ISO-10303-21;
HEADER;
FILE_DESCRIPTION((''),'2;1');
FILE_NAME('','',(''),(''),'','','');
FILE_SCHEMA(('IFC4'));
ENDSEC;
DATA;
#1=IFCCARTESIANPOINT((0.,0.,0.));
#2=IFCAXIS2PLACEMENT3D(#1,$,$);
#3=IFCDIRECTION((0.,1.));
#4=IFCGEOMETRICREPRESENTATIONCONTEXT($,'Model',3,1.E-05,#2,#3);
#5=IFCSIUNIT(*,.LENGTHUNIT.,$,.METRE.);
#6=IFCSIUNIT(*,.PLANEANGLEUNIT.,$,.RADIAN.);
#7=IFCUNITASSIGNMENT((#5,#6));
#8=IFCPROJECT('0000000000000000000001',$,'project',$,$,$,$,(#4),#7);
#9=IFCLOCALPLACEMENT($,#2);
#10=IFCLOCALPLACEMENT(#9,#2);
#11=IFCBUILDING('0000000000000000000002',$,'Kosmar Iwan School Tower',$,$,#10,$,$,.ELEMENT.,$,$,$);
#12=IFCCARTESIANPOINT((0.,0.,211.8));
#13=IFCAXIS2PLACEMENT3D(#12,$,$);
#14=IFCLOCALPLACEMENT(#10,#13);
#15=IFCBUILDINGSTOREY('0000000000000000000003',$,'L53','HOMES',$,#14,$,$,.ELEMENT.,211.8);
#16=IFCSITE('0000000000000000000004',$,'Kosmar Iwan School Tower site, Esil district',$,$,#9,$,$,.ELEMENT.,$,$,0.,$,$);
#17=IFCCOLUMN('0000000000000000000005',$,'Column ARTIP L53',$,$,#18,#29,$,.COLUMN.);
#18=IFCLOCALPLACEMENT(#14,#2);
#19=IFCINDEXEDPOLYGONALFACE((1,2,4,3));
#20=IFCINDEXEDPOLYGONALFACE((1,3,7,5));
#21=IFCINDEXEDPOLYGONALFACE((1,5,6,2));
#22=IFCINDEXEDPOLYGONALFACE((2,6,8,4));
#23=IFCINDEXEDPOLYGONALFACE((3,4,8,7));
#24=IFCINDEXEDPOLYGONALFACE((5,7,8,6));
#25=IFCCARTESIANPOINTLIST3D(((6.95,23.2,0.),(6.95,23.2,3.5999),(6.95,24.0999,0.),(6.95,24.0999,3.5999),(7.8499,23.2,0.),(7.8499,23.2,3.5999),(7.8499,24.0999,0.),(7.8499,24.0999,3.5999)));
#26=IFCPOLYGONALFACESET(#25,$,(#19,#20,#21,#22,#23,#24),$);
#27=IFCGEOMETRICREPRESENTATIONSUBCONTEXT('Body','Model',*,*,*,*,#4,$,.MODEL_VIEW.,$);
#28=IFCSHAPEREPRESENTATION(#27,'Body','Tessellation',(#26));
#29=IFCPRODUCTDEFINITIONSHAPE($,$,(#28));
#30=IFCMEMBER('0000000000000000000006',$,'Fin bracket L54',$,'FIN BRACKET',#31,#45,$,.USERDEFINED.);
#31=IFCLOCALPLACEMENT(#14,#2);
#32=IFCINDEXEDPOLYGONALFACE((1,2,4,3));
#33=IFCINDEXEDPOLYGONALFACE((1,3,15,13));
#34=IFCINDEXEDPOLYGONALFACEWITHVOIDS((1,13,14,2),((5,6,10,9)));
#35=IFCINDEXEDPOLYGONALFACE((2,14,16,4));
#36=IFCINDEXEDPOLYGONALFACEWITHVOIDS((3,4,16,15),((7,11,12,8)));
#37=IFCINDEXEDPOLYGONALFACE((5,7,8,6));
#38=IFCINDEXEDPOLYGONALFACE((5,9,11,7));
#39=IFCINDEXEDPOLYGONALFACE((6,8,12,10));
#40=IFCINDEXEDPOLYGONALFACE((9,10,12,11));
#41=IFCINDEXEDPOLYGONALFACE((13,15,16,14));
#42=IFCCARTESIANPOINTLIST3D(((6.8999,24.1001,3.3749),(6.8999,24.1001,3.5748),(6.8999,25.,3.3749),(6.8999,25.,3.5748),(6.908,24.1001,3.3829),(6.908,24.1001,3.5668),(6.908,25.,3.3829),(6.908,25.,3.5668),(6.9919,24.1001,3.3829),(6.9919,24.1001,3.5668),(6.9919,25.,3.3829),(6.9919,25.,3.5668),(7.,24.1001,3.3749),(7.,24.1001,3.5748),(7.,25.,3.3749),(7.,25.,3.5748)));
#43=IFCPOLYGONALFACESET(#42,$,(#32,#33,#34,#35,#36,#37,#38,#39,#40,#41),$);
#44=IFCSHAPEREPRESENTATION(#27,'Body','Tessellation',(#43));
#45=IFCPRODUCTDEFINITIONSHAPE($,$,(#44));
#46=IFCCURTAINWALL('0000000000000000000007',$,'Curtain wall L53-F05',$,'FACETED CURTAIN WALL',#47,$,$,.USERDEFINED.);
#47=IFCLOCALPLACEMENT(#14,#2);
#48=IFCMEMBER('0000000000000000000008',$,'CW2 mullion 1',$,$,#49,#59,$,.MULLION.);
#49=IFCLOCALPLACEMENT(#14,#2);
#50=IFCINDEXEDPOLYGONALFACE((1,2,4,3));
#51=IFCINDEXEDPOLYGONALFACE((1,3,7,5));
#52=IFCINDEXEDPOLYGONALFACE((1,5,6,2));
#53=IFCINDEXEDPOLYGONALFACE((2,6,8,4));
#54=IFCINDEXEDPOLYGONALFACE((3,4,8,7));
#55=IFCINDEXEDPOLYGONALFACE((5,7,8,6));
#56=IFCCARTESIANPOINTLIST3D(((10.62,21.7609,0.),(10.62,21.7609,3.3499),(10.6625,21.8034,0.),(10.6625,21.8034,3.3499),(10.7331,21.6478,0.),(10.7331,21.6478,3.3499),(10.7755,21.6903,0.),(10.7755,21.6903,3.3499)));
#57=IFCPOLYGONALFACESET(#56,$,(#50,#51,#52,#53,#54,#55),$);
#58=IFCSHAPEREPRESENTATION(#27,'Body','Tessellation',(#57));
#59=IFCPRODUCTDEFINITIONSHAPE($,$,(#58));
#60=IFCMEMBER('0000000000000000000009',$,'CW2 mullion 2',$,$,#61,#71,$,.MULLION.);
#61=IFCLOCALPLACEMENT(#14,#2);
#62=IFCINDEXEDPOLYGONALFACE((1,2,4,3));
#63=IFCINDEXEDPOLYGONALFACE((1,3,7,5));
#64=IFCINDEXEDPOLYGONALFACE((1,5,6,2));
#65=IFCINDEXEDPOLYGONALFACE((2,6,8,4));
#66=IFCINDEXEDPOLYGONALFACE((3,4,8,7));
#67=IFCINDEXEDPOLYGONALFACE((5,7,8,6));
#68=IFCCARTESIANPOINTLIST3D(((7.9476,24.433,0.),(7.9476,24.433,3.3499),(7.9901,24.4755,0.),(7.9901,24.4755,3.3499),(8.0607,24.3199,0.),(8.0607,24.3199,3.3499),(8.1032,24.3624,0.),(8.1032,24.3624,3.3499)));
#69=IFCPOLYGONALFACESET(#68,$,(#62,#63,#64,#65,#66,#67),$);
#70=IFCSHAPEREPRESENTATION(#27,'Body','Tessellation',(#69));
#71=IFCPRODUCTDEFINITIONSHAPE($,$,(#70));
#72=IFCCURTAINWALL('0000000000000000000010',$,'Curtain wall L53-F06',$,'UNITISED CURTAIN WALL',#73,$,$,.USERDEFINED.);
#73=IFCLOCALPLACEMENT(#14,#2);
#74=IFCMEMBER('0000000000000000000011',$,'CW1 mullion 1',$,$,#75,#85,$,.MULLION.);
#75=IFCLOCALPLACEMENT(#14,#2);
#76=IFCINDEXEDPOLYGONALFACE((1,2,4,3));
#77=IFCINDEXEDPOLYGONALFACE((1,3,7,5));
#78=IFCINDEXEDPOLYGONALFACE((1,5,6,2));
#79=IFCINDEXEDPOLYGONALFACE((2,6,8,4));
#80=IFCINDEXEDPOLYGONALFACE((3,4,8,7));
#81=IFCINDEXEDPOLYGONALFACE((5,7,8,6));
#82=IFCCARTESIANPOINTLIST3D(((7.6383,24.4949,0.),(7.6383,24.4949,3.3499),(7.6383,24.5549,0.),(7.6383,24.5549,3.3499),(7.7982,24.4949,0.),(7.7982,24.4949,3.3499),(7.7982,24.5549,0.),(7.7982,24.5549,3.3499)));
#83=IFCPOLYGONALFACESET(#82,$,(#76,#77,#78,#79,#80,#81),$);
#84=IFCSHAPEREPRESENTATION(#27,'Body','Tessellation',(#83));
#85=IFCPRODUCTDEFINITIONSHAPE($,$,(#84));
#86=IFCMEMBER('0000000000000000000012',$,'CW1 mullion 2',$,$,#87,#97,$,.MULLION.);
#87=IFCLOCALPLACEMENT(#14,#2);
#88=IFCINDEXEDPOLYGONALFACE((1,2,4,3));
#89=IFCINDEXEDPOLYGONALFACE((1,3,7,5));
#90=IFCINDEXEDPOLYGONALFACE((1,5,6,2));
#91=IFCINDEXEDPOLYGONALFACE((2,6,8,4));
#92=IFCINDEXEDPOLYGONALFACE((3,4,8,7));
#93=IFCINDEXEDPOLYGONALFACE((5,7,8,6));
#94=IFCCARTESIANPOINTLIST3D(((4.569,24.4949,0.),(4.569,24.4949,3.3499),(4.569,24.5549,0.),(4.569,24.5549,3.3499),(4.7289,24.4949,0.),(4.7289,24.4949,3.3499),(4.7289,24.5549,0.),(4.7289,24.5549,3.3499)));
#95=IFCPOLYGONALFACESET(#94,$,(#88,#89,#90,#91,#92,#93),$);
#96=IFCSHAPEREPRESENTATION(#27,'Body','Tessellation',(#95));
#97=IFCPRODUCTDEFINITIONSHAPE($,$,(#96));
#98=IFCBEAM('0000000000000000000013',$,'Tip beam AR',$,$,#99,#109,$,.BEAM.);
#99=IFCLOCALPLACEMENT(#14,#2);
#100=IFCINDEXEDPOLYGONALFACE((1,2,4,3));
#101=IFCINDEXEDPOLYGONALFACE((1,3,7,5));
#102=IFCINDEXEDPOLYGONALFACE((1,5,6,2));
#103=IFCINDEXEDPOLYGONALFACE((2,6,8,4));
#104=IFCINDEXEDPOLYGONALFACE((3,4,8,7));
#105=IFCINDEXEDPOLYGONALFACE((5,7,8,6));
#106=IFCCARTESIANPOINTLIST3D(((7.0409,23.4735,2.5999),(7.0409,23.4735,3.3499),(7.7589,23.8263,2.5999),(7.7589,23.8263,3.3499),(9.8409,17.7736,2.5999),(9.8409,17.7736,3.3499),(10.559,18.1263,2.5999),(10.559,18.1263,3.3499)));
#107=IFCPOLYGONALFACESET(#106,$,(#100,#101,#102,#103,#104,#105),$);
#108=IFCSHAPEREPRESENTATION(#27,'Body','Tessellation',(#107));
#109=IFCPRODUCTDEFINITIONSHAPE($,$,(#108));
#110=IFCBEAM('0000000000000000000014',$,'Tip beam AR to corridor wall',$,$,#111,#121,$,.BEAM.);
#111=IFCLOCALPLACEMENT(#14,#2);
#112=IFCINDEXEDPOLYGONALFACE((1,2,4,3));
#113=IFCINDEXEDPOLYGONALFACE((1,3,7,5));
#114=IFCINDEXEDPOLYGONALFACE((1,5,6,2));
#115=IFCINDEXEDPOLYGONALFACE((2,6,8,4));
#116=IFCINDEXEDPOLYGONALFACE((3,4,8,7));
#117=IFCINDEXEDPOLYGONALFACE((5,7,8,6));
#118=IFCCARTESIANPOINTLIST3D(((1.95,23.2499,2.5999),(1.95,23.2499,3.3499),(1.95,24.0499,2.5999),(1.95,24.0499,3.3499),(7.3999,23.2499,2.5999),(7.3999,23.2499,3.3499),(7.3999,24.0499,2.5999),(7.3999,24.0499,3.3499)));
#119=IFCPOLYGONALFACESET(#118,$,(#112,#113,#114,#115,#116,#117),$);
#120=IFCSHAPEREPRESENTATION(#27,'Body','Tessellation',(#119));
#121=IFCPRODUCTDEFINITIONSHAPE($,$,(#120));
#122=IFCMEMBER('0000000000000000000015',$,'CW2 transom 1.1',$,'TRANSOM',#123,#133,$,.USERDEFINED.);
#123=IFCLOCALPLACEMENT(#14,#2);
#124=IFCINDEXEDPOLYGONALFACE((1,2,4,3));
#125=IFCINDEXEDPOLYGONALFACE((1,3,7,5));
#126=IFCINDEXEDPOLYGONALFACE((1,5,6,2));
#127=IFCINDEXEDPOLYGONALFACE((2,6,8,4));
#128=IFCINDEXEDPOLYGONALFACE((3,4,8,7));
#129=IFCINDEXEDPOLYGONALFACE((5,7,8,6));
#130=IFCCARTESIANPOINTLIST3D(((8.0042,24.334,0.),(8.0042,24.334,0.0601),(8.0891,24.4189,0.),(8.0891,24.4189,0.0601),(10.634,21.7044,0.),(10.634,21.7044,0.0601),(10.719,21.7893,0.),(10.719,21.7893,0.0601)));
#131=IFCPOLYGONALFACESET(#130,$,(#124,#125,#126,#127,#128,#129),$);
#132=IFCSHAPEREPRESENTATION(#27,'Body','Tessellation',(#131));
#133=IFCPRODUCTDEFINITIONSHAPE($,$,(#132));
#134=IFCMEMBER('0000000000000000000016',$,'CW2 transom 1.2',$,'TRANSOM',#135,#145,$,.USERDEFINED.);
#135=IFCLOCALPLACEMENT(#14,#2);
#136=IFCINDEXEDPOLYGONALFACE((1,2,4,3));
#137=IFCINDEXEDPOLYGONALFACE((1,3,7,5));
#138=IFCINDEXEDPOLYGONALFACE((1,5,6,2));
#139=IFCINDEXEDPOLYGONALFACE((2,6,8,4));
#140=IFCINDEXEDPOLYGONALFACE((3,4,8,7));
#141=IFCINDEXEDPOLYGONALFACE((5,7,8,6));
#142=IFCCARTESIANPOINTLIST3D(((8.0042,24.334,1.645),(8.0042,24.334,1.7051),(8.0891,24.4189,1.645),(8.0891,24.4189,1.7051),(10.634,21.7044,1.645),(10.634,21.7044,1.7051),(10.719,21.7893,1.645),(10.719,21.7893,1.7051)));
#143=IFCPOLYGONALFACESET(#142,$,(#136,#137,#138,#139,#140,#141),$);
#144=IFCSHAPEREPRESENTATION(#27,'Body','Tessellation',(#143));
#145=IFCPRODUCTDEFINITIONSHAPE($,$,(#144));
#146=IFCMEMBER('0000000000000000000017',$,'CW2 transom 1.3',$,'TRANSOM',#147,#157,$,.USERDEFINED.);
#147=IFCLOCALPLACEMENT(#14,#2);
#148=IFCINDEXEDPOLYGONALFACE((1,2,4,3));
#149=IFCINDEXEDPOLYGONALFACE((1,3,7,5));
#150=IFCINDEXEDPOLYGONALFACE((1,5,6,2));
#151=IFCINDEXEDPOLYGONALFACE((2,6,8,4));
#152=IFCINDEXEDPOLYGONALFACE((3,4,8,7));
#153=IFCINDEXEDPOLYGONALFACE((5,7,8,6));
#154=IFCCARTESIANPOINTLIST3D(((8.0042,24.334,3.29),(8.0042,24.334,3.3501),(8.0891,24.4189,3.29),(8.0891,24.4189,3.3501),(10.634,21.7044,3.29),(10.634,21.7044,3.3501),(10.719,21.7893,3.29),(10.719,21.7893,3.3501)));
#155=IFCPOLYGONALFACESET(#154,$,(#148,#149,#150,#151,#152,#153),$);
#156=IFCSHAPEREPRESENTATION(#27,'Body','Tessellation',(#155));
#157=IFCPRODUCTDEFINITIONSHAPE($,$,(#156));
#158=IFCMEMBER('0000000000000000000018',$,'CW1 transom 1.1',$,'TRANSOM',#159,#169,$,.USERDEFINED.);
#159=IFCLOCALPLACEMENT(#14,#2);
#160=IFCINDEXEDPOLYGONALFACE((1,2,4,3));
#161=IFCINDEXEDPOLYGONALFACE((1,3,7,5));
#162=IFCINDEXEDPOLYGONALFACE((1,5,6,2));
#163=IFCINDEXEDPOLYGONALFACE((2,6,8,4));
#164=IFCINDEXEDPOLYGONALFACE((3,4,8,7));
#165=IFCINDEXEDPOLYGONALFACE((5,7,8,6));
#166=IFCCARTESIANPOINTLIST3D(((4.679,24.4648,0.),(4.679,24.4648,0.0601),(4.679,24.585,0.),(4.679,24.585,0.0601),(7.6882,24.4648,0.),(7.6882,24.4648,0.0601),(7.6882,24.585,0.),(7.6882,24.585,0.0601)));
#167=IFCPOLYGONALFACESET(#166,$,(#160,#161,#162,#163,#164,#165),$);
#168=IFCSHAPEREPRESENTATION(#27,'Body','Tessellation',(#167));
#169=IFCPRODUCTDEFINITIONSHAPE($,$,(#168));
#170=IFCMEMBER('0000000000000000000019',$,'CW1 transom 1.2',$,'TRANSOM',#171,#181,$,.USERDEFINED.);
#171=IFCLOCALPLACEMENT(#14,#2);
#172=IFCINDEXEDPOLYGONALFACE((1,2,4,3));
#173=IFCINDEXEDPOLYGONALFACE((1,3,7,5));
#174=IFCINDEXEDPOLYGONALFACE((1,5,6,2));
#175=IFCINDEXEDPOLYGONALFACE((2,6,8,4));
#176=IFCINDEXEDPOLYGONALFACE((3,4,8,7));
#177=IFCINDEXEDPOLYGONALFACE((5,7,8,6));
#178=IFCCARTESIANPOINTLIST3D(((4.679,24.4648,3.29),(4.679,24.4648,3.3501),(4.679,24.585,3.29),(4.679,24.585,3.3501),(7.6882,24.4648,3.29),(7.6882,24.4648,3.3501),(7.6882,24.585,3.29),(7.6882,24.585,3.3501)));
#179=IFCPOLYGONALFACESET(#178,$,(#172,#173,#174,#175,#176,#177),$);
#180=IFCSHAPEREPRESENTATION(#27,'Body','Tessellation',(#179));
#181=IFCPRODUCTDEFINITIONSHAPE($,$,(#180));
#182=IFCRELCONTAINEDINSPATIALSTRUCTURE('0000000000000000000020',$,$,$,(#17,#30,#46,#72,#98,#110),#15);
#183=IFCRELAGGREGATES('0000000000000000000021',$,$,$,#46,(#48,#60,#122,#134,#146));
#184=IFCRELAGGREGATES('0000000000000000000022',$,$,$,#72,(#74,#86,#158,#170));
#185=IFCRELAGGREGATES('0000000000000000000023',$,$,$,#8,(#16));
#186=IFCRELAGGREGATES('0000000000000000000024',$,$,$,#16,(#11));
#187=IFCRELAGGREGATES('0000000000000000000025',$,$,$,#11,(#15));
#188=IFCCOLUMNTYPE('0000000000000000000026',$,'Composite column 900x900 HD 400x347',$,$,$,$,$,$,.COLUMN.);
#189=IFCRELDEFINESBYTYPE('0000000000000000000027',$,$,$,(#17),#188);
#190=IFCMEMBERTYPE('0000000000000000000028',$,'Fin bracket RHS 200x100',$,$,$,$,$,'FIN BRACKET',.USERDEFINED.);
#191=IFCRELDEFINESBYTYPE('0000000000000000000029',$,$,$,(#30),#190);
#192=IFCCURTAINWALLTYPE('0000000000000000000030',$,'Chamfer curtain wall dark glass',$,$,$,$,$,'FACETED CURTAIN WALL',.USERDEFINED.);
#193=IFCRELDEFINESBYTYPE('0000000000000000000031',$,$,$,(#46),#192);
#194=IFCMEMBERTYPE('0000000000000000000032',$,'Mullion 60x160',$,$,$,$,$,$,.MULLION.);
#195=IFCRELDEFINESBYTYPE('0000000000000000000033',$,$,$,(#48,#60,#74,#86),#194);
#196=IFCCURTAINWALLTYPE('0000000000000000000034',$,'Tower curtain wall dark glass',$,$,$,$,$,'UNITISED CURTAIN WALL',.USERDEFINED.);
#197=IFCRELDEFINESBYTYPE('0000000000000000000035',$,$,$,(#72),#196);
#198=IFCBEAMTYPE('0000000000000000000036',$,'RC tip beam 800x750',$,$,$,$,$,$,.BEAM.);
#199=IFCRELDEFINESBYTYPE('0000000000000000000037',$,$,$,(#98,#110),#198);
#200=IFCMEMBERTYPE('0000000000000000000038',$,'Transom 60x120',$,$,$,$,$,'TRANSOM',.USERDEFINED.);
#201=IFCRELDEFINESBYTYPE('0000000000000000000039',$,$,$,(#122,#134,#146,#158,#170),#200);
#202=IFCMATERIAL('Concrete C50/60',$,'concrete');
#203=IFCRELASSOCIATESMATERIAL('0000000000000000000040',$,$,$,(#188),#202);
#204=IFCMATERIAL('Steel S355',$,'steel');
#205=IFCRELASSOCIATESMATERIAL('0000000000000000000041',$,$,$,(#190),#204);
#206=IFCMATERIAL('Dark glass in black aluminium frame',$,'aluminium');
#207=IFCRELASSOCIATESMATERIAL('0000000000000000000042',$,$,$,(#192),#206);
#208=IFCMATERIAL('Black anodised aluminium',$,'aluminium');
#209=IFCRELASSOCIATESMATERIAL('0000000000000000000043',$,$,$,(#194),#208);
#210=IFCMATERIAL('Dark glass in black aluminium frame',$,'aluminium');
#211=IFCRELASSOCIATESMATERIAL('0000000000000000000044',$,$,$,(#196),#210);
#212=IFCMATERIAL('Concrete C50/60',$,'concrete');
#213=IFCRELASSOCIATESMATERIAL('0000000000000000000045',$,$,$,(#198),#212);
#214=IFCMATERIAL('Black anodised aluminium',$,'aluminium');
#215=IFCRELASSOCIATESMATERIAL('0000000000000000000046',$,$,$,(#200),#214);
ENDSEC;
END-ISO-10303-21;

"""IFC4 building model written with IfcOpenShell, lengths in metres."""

from ifc_helpers import new_model, si_unit, direction, frame, origin, origin_2d, place, context, subcontext, project, spatial, rectangle, hollow_rectangle, extrude, material, material_profile, profile_set, type_object, element, aggregate, save


model = new_model("IFC4")

# Units and contexts
model_context = context("Model", 3, precision=1e-05, world=origin(), true_north=direction((0.0, 1.0)))
body_context = subcontext(model_context, "Body", "Model", "MODEL_VIEW")
ifc_project = project(units=[si_unit("LENGTHUNIT", "METRE"), si_unit("PLANEANGLEUNIT", "RADIAN")], contexts=[model_context])

# Site, building, storey
site_placement = place(None, origin())
site = spatial("IfcSite", under=ifc_project, at=site_placement, Name="Kosmar Iwan School Tower site, Esil district", CompositionType="ELEMENT", RefElevation=0.0)
building_placement = place(site_placement, origin())
building = spatial("IfcBuilding", under=site, at=building_placement, Name="Kosmar Iwan School Tower", CompositionType="ELEMENT")
storey_placement = place(building_placement, frame((0.0, 0.0, 211.8)))
storey = spatial("IfcBuildingStorey", under=building, at=storey_placement, Name="L53", Description="HOMES", CompositionType="ELEMENT", Elevation=211.8)

# Column
ifc_material_1 = material(Name="Concrete C50/60", Category="concrete")
ifc_material_profile_1 = material_profile(ifc_material_1, rectangle(XDim=0.8999, YDim=0.8999, at=origin_2d()), Name="RC 900x900 + HD 400x347")
ifc_profile_set_1 = profile_set([ifc_material_profile_1], Name="Concrete C50/60")
column_type = type_object("IfcColumnType", Name="Composite column 900x900 HD 400x347", PredefinedType="COLUMN", material=ifc_profile_set_1)
column_placement = place(storey_placement, frame((7.3999, 23.6499, 0.0), z_axis=(0.0, 0.0, 1.0), x_axis=(0.0, 1.0, 0.0)))
element("IfcColumn", 1, at=column_placement, inside=storey, type_object=column_type, Name="Column ARTIP L53", PredefinedType="COLUMN", context=body_context, shape_type="SweptSolid", body=[
    extrude(rectangle(XDim=0.8999, YDim=0.8999, at=origin_2d()), origin(), (0.0, 0.0, 1.0), 3.5999),
])

# Member
ifc_material_2 = material(Name="Steel S355", Category="steel")
ifc_material_profile_2 = material_profile(ifc_material_2, hollow_rectangle(XDim=0.1001, YDim=0.2, WallThickness=0.0081, at=origin_2d()), Name="RHS 200x100x8")
ifc_profile_set_2 = profile_set([ifc_material_profile_2], Name="Steel S355")
member_type_1 = type_object("IfcMemberType", Name="Fin bracket RHS 200x100", ElementType="FIN BRACKET", PredefinedType="USERDEFINED", material=ifc_profile_set_2)
member_1_placement = place(storey_placement, frame((6.95, 24.1001, 3.4749), z_axis=(0.0, 1.0, 0.0), x_axis=(-1.0, 0.0, 0.0)))
element("IfcMember", 2, at=member_1_placement, inside=storey, type_object=member_type_1, Name="Fin bracket L54", ObjectType="FIN BRACKET", PredefinedType="USERDEFINED", context=body_context, shape_type="SweptSolid", body=[
    extrude(hollow_rectangle(XDim=0.1001, YDim=0.2, WallThickness=0.0081, at=origin_2d()), origin(), (0.0, 0.0, 1.0), 0.8999),
])

# Curtain walls, members
ifc_material_3 = material(Name="Dark glass in black aluminium frame", Category="aluminium")
curtain_wall_type_1 = type_object("IfcCurtainWallType", Name="Chamfer curtain wall dark glass", ElementType="FACETED CURTAIN WALL", PredefinedType="USERDEFINED", material=ifc_material_3)
curtain_wall_1_placement = place(storey_placement, origin())
curtain_wall_1 = element("IfcCurtainWall", 3, at=curtain_wall_1_placement, inside=storey, type_object=curtain_wall_type_1, Name="Curtain wall L53-F05", ObjectType="FACETED CURTAIN WALL", PredefinedType="USERDEFINED")
ifc_material_4 = material(Name="Black anodised aluminium", Category="aluminium")
ifc_material_profile_3 = material_profile(ifc_material_4, rectangle(XDim=0.0601, YDim=0.1599, at=origin_2d()), Name="MULLION 60x160")
ifc_profile_set_3 = profile_set([ifc_material_profile_3], Name="Black anodised aluminium")
member_type_2 = type_object("IfcMemberType", Name="Mullion 60x160", PredefinedType="MULLION", material=ifc_profile_set_3)
member_2_placement = place(storey_placement, frame((10.6978, 21.7256, 0.0), z_axis=(0.0, 0.0, 1.0), x_axis=(-0.707107, -0.707107, 0.0)))
member_2 = element("IfcMember", 4, at=member_2_placement, type_object=member_type_2, Name="CW2 mullion 1", PredefinedType="MULLION", context=body_context, shape_type="SweptSolid", body=[
    extrude(rectangle(XDim=0.0601, YDim=0.1599, at=origin_2d()), origin(), (0.0, 0.0, 1.0), 3.3499),
])
member_3_placement = place(storey_placement, frame((8.0254, 24.3977, 0.0), z_axis=(0.0, 0.0, 1.0), x_axis=(-0.707107, -0.707107, 0.0)))
member_3 = element("IfcMember", 5, at=member_3_placement, type_object=member_type_2, Name="CW2 mullion 2", PredefinedType="MULLION", context=body_context, shape_type="SweptSolid", body=[
    extrude(rectangle(XDim=0.0601, YDim=0.1599, at=origin_2d()), origin(), (0.0, 0.0, 1.0), 3.3499),
])
ifc_material_5 = material(Name="Dark glass in black aluminium frame", Category="aluminium")
curtain_wall_type_2 = type_object("IfcCurtainWallType", Name="Tower curtain wall dark glass", ElementType="UNITISED CURTAIN WALL", PredefinedType="USERDEFINED", material=ifc_material_5)
curtain_wall_2_placement = place(storey_placement, origin())
curtain_wall_2 = element("IfcCurtainWall", 6, at=curtain_wall_2_placement, inside=storey, type_object=curtain_wall_type_2, Name="Curtain wall L53-F06", ObjectType="UNITISED CURTAIN WALL", PredefinedType="USERDEFINED")
member_4_placement = place(storey_placement, frame((7.7183, 24.5249, 0.0), z_axis=(0.0, 0.0, 1.0), x_axis=(0.0, -1.0, 0.0)))
member_4 = element("IfcMember", 7, at=member_4_placement, type_object=member_type_2, Name="CW1 mullion 1", PredefinedType="MULLION", context=body_context, shape_type="SweptSolid", body=[
    extrude(rectangle(XDim=0.0601, YDim=0.1599, at=origin_2d()), origin(), (0.0, 0.0, 1.0), 3.3499),
])
member_5_placement = place(storey_placement, frame((4.6489, 24.5249, 0.0), z_axis=(0.0, 0.0, 1.0), x_axis=(0.0, -1.0, 0.0)))
member_5 = element("IfcMember", 8, at=member_5_placement, type_object=member_type_2, Name="CW1 mullion 2", PredefinedType="MULLION", context=body_context, shape_type="SweptSolid", body=[
    extrude(rectangle(XDim=0.0601, YDim=0.1599, at=origin_2d()), origin(), (0.0, 0.0, 1.0), 3.3499),
])

# Beams
ifc_material_6 = material(Name="Concrete C50/60", Category="concrete")
ifc_material_profile_4 = material_profile(ifc_material_6, rectangle(XDim=0.8, YDim=0.75, at=origin_2d()), Name="RC 800x750")
ifc_profile_set_4 = profile_set([ifc_material_profile_4], Name="Concrete C50/60")
beam_type = type_object("IfcBeamType", Name="RC tip beam 800x750", PredefinedType="BEAM", material=ifc_profile_set_4)
beam_1_placement = place(storey_placement, frame((10.2, 17.95, 2.9749), z_axis=(-0.440913, 0.89755, 0.0), x_axis=(-0.89755, -0.440913, 0.0)))
element("IfcBeam", 9, at=beam_1_placement, inside=storey, type_object=beam_type, Name="Tip beam AR", PredefinedType="BEAM", context=body_context, shape_type="SweptSolid", body=[
    extrude(rectangle(XDim=0.8, YDim=0.75, at=origin_2d()), origin(), (0.0, 0.0, 1.0), 6.3506),
])
beam_2_placement = place(storey_placement, frame((7.3999, 23.6499, 2.9749), z_axis=(-1.0, 0.0, 0.0), x_axis=(0.0, -1.0, 0.0)))
element("IfcBeam", 10, at=beam_2_placement, inside=storey, type_object=beam_type, Name="Tip beam AR to corridor wall", PredefinedType="BEAM", context=body_context, shape_type="SweptSolid", body=[
    extrude(rectangle(XDim=0.8, YDim=0.75, at=origin_2d()), origin(), (0.0, 0.0, 1.0), 5.45),
])

# Members
ifc_material_7 = material(Name="Black anodised aluminium", Category="aluminium")
ifc_material_profile_5 = material_profile(ifc_material_7, rectangle(XDim=0.1201, YDim=0.0601, at=origin_2d()), Name="TRANSOM 60x120")
ifc_profile_set_5 = profile_set([ifc_material_profile_5], Name="Black anodised aluminium")
member_type_3 = type_object("IfcMemberType", Name="Transom 60x120", ElementType="TRANSOM", PredefinedType="USERDEFINED", material=ifc_profile_set_5)
member_6_placement = place(storey_placement, frame((10.6765, 21.7468, 0.03), z_axis=(-0.70714, 0.707074, 0.0), x_axis=(-0.707074, -0.70714, 0.0)))
member_6 = element("IfcMember", 11, at=member_6_placement, type_object=member_type_3, Name="CW2 transom 1.1", ObjectType="TRANSOM", PredefinedType="USERDEFINED", context=body_context, shape_type="SweptSolid", body=[
    extrude(rectangle(XDim=0.1201, YDim=0.0601, at=origin_2d()), origin(), (0.0, 0.0, 1.0), 3.719),
])
member_7_placement = place(storey_placement, frame((10.6765, 21.7468, 1.675), z_axis=(-0.70714, 0.707074, 0.0), x_axis=(-0.707074, -0.70714, 0.0)))
member_7 = element("IfcMember", 12, at=member_7_placement, type_object=member_type_3, Name="CW2 transom 1.2", ObjectType="TRANSOM", PredefinedType="USERDEFINED", context=body_context, shape_type="SweptSolid", body=[
    extrude(rectangle(XDim=0.1201, YDim=0.0601, at=origin_2d()), origin(), (0.0, 0.0, 1.0), 3.719),
])
member_8_placement = place(storey_placement, frame((10.6765, 21.7468, 3.3201), z_axis=(-0.70714, 0.707074, 0.0), x_axis=(-0.707074, -0.70714, 0.0)))
member_8 = element("IfcMember", 13, at=member_8_placement, type_object=member_type_3, Name="CW2 transom 1.3", ObjectType="TRANSOM", PredefinedType="USERDEFINED", context=body_context, shape_type="SweptSolid", body=[
    extrude(rectangle(XDim=0.1201, YDim=0.0601, at=origin_2d()), origin(), (0.0, 0.0, 1.0), 3.719),
])
member_9_placement = place(storey_placement, frame((7.6882, 24.5249, 0.03), z_axis=(-1.0, 0.0, 0.0), x_axis=(0.0, -1.0, 0.0)))
member_9 = element("IfcMember", 14, at=member_9_placement, type_object=member_type_3, Name="CW1 transom 1.1", ObjectType="TRANSOM", PredefinedType="USERDEFINED", context=body_context, shape_type="SweptSolid", body=[
    extrude(rectangle(XDim=0.1201, YDim=0.0601, at=origin_2d()), origin(), (0.0, 0.0, 1.0), 3.0093),
])
member_10_placement = place(storey_placement, frame((7.6882, 24.5249, 3.3201), z_axis=(-1.0, 0.0, 0.0), x_axis=(0.0, -1.0, 0.0)))
member_10 = element("IfcMember", 15, at=member_10_placement, type_object=member_type_3, Name="CW1 transom 1.2", ObjectType="TRANSOM", PredefinedType="USERDEFINED", context=body_context, shape_type="SweptSolid", body=[
    extrude(rectangle(XDim=0.1201, YDim=0.0601, at=origin_2d()), origin(), (0.0, 0.0, 1.0), 3.0093),
])

aggregate(curtain_wall_1, [member_2, member_3, member_6, member_7, member_8])
aggregate(curtain_wall_2, [member_4, member_5, member_9, member_10])

save(model, "model.ifc")
